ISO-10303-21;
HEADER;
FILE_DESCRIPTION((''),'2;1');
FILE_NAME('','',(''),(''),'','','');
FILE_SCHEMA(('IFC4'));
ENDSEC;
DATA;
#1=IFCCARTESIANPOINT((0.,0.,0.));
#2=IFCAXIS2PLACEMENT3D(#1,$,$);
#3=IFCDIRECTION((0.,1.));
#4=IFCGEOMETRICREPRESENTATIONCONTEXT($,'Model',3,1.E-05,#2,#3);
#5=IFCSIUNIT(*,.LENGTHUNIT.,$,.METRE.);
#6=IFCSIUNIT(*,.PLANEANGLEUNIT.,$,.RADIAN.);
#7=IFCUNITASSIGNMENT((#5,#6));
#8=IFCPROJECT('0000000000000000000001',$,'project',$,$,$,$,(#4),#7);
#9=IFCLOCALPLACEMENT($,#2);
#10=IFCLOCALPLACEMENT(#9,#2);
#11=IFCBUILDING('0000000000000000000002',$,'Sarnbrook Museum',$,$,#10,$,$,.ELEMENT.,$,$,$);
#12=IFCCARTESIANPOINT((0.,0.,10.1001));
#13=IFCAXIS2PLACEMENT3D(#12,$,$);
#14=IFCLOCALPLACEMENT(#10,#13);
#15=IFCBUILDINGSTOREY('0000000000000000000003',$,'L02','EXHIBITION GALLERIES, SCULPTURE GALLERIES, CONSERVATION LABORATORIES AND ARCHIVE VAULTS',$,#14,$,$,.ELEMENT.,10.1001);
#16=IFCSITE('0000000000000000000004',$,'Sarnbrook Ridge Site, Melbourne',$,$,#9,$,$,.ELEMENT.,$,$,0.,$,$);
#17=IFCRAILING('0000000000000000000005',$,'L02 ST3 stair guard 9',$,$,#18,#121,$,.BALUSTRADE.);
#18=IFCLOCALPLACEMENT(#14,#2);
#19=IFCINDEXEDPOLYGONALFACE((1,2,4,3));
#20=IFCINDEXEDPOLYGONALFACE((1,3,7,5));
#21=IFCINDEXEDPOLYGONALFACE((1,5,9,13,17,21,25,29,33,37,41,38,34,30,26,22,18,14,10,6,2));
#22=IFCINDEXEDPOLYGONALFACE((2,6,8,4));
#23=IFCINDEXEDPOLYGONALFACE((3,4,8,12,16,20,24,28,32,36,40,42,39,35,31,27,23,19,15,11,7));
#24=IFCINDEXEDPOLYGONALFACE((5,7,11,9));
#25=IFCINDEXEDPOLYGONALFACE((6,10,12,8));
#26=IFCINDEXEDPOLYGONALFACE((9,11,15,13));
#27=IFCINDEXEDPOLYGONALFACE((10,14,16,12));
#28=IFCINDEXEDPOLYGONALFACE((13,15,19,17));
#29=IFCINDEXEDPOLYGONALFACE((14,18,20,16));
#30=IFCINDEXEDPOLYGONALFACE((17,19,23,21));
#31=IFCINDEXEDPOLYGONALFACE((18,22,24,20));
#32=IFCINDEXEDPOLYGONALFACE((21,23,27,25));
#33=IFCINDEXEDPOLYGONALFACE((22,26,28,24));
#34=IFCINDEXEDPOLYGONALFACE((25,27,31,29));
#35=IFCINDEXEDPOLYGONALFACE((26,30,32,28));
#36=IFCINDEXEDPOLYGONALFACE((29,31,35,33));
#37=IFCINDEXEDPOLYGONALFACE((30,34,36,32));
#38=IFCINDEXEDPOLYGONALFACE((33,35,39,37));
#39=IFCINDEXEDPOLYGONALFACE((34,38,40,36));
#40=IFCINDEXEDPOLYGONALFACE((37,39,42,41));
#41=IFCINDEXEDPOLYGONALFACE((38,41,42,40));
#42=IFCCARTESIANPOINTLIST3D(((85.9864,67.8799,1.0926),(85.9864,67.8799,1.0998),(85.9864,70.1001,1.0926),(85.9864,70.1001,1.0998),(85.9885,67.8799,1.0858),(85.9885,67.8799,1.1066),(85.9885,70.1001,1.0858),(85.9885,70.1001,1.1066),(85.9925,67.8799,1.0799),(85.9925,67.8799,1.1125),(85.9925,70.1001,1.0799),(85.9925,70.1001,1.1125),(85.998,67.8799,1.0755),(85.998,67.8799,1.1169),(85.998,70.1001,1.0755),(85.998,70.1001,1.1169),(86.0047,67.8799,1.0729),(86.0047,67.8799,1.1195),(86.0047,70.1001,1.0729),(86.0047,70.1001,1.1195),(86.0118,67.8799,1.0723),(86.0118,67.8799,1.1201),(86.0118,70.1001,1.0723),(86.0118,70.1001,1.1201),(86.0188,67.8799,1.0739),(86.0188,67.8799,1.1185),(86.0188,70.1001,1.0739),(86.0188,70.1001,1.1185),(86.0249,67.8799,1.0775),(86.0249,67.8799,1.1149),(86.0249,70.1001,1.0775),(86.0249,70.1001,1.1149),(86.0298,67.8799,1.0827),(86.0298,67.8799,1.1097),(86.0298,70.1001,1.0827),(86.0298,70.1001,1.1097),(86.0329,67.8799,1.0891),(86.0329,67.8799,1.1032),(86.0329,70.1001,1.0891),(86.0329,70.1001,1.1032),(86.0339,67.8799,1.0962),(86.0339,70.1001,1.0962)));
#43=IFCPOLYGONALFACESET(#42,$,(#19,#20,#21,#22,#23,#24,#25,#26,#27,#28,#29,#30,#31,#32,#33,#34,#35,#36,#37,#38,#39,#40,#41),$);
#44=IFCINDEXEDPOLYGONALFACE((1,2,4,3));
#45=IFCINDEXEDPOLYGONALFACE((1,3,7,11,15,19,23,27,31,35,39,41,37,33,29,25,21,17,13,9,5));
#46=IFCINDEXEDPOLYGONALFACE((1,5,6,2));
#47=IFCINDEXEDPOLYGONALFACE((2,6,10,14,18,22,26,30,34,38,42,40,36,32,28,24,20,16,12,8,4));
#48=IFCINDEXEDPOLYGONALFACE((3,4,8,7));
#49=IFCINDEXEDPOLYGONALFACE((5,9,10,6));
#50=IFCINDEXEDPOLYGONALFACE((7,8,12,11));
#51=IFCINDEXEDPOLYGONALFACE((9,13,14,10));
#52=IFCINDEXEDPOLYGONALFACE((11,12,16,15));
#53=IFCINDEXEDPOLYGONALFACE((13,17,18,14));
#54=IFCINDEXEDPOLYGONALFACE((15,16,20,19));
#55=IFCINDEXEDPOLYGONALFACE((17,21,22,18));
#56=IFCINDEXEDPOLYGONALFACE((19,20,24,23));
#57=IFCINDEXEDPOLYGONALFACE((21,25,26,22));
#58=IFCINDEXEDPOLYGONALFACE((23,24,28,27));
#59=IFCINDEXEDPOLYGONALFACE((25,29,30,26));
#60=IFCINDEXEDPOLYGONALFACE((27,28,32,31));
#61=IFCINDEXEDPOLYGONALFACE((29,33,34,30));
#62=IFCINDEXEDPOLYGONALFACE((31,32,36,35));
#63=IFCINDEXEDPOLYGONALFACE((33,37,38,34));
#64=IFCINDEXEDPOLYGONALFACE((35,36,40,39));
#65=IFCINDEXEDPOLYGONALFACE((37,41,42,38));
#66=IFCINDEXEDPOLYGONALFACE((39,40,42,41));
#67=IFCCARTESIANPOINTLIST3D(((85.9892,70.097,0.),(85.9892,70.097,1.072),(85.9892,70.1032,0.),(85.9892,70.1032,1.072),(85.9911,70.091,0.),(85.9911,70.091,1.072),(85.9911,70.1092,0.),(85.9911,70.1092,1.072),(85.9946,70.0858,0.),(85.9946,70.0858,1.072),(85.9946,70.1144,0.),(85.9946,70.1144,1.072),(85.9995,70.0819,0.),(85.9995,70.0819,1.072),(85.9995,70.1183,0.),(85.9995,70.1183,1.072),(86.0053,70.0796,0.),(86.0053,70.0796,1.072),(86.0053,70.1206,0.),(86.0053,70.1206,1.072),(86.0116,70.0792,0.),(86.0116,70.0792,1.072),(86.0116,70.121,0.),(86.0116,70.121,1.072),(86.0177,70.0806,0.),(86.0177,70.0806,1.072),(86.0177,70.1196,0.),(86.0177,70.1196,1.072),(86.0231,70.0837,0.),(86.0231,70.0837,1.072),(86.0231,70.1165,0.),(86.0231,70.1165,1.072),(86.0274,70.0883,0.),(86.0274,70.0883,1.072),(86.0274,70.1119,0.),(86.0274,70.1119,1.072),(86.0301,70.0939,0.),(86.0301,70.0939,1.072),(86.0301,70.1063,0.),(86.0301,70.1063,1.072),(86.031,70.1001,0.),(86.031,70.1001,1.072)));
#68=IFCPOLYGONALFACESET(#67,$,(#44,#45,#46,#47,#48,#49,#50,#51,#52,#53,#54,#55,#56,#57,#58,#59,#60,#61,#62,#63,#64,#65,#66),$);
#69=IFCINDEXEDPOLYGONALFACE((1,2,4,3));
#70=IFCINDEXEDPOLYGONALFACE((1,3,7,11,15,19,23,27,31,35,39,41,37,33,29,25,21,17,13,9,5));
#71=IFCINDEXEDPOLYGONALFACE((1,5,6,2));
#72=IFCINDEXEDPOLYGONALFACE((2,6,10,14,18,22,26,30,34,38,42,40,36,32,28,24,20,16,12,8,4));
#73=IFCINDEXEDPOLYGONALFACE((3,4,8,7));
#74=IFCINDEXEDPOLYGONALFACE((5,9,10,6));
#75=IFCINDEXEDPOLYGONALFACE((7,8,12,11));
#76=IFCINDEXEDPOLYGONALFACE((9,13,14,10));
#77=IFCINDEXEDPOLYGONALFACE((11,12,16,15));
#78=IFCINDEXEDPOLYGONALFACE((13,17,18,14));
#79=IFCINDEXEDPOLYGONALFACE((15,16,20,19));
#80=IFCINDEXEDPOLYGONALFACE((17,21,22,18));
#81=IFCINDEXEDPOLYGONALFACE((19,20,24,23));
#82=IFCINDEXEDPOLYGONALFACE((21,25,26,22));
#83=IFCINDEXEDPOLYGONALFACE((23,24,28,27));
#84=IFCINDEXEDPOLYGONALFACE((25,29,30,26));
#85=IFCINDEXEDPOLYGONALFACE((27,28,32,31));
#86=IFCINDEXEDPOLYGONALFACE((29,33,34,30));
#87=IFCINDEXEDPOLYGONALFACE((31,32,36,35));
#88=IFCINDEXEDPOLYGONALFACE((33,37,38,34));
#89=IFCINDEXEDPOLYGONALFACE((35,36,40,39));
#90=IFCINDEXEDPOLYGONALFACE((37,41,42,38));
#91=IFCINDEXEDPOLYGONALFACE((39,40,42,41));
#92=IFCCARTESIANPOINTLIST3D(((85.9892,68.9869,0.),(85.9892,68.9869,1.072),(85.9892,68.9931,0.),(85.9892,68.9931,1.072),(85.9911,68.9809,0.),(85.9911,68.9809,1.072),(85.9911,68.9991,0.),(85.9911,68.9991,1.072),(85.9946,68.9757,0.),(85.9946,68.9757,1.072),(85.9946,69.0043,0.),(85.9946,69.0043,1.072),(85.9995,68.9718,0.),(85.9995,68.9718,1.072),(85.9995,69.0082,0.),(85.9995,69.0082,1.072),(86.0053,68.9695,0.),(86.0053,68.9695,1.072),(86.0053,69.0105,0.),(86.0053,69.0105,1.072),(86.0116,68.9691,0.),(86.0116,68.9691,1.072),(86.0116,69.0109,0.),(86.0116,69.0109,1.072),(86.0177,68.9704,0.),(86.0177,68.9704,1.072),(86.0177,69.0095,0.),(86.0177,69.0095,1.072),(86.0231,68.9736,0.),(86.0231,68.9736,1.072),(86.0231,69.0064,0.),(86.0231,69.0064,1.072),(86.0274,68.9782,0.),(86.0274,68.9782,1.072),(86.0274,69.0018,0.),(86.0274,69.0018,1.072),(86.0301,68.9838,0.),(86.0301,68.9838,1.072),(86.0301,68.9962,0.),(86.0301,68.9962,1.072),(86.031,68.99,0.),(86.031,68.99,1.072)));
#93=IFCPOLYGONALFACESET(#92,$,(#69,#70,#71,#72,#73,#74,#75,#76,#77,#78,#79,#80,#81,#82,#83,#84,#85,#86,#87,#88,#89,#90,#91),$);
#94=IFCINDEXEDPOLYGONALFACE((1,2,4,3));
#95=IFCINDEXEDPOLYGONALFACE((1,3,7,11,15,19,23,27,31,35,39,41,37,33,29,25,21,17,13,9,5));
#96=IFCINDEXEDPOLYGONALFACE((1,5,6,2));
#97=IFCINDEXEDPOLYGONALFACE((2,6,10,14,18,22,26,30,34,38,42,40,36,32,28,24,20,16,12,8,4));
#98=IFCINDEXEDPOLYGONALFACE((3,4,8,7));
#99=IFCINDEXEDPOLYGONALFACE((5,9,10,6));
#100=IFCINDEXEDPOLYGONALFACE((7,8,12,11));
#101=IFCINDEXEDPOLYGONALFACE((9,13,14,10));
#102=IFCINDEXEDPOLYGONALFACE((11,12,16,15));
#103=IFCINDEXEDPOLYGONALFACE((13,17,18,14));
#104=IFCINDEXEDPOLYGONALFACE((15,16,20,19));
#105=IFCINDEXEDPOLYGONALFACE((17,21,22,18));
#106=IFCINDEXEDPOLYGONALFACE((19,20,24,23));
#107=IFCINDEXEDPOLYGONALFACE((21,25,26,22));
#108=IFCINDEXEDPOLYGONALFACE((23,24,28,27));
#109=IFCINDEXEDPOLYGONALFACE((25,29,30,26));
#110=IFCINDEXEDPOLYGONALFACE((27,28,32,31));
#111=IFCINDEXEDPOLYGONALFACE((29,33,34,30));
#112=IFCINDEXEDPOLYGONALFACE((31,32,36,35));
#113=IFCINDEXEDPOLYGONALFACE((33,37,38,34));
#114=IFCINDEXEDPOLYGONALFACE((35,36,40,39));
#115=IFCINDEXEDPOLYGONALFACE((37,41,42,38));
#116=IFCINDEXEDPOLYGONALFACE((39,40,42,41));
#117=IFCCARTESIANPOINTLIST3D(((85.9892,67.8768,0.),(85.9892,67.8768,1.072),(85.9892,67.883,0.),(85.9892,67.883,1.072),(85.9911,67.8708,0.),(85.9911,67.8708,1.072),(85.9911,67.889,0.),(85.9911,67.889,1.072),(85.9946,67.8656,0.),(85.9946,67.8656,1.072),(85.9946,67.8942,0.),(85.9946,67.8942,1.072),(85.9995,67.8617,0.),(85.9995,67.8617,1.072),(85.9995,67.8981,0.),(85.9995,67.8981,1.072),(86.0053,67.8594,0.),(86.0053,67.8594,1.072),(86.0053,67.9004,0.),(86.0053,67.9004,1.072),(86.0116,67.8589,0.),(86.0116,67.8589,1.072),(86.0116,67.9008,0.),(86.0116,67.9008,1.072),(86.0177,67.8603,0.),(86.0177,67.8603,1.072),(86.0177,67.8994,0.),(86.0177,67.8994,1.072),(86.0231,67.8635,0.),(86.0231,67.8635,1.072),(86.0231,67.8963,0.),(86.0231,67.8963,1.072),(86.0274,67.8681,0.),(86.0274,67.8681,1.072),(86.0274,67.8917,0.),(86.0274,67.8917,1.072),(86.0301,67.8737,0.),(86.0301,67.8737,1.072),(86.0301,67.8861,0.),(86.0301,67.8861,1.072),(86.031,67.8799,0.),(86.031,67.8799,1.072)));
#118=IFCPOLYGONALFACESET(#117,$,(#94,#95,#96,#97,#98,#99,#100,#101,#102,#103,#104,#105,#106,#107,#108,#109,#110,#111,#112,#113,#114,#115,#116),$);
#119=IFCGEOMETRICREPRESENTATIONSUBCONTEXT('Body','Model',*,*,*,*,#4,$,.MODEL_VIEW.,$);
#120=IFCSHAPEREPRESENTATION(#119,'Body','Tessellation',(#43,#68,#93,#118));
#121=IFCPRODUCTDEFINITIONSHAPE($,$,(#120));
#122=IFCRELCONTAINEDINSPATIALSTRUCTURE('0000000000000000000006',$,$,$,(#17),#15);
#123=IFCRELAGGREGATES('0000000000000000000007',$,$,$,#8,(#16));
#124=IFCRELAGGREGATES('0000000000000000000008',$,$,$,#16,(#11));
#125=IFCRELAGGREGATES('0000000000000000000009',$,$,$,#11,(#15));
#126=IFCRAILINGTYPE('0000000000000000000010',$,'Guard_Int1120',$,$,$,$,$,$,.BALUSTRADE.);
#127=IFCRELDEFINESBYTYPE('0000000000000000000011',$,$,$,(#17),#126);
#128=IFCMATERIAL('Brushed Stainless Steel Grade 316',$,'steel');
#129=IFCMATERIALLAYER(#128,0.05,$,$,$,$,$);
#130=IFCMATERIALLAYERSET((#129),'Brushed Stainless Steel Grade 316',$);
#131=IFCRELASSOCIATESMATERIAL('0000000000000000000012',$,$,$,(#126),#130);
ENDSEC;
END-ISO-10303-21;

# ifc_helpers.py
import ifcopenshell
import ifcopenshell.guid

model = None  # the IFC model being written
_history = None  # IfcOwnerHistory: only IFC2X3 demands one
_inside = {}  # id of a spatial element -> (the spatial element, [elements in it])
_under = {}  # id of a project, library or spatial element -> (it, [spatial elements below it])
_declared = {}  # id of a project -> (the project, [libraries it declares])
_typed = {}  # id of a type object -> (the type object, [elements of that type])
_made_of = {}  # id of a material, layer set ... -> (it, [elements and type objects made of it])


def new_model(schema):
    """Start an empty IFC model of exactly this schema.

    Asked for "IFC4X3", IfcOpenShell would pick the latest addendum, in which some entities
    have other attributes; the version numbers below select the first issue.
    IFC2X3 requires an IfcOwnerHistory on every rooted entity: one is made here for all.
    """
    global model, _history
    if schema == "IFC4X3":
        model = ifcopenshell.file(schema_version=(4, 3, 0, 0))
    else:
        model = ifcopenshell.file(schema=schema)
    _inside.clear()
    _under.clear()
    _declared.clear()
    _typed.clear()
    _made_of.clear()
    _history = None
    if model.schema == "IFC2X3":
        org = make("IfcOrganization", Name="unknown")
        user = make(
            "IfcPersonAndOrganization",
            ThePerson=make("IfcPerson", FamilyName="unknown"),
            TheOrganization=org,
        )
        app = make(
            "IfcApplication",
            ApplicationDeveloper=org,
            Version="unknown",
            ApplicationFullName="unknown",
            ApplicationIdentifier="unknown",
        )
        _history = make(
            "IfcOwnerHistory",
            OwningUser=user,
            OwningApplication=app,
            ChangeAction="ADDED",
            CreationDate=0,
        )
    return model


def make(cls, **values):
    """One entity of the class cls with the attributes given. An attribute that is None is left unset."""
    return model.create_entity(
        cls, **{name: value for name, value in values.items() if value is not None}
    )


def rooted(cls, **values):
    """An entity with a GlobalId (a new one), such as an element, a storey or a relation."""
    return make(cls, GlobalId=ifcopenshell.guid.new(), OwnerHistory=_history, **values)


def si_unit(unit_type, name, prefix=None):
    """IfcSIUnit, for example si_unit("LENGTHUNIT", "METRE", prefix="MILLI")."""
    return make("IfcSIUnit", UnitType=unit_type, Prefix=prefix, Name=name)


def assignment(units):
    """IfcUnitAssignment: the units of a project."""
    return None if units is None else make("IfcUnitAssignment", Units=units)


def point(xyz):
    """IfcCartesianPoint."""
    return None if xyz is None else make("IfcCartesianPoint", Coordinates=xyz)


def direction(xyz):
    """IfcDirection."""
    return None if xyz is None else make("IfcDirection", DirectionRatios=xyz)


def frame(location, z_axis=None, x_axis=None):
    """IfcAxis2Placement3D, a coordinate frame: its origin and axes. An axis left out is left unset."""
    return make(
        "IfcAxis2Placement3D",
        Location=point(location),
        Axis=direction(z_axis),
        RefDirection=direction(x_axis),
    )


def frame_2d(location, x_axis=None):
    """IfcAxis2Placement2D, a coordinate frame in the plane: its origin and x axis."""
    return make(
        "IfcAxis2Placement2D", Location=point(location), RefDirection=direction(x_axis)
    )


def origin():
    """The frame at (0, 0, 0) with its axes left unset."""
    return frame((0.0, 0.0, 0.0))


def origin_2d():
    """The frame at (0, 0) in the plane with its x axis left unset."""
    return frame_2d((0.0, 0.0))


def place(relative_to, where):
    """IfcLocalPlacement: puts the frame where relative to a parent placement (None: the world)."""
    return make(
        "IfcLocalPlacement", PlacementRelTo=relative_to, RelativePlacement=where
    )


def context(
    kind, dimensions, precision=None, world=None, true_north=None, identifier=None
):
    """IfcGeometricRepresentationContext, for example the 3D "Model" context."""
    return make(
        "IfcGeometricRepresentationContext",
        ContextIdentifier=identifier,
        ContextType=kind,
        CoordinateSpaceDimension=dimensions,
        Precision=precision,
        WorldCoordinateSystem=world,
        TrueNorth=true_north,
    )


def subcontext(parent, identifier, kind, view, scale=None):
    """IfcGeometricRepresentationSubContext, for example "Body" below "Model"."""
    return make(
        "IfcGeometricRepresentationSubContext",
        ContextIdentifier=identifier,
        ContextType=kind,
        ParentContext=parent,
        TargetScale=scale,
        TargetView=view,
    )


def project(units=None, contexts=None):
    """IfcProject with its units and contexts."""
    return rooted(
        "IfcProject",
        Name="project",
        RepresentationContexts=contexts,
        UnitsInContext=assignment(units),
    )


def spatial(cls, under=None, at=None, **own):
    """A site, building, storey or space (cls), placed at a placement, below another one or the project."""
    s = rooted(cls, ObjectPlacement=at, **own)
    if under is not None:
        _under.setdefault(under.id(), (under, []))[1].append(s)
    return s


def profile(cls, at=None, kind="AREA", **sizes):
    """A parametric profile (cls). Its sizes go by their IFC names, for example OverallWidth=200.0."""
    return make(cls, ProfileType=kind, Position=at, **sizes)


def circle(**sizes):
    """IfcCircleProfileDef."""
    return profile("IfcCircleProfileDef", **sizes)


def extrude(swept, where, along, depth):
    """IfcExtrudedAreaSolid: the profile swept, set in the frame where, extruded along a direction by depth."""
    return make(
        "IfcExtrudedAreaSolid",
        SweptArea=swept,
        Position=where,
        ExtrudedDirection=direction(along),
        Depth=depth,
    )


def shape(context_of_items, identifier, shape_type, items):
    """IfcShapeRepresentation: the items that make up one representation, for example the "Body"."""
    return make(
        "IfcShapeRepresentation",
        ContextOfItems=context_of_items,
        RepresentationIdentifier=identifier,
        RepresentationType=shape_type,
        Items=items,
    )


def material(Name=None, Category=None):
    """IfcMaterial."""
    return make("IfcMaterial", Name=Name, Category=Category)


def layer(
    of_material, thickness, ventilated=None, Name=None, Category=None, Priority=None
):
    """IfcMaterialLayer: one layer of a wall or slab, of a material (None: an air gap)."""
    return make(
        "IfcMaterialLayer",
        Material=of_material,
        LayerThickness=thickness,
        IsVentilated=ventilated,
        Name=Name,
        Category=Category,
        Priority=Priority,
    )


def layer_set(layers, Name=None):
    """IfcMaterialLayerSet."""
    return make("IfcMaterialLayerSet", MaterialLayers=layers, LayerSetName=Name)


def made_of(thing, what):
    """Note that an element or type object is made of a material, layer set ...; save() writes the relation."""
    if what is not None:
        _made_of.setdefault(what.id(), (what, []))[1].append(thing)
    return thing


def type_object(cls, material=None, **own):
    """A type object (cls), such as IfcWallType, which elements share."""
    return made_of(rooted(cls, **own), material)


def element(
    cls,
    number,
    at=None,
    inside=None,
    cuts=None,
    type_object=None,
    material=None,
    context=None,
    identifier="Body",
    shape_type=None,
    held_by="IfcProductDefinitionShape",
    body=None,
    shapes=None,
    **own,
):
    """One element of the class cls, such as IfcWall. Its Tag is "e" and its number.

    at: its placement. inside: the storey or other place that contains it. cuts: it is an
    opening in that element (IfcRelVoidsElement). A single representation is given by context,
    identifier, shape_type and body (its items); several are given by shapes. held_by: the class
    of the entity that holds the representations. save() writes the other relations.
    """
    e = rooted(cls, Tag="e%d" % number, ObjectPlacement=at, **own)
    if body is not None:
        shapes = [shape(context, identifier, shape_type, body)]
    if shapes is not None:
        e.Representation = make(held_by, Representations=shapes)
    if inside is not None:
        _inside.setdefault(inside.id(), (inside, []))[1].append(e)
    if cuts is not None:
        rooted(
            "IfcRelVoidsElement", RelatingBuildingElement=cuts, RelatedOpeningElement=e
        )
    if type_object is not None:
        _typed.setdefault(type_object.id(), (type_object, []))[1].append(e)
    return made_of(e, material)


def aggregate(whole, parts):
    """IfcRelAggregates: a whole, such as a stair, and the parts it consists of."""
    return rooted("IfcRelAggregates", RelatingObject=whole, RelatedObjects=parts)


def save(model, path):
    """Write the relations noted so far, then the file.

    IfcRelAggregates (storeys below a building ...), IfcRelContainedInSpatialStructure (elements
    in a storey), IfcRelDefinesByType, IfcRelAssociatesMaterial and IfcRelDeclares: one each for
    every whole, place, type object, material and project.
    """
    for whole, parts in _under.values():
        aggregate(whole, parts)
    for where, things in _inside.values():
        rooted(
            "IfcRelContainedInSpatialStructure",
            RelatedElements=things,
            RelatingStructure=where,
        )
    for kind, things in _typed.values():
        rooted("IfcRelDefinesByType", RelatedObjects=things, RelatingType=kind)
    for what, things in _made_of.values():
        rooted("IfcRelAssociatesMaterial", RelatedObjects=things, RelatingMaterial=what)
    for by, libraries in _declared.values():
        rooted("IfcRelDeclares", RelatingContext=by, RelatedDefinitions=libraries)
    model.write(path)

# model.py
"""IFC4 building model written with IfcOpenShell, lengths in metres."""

from ifc_helpers import new_model, si_unit, direction, frame, origin, origin_2d, place, context, subcontext, project, spatial, circle, extrude, material, layer, layer_set, type_object, element, save


model = new_model("IFC4")

# Units and contexts
model_context = context("Model", 3, precision=1e-05, world=origin(), true_north=direction((0.0, 1.0)))
body_context = subcontext(model_context, "Body", "Model", "MODEL_VIEW")
ifc_project = project(units=[si_unit("LENGTHUNIT", "METRE"), si_unit("PLANEANGLEUNIT", "RADIAN")], contexts=[model_context])

# Site, building, storey
site_placement = place(None, origin())
site = spatial("IfcSite", under=ifc_project, at=site_placement, Name="Sarnbrook Ridge Site, Melbourne", CompositionType="ELEMENT", RefElevation=0.0)
building_placement = place(site_placement, origin())
building = spatial("IfcBuilding", under=site, at=building_placement, Name="Sarnbrook Museum", CompositionType="ELEMENT")
storey_placement = place(building_placement, frame((0.0, 0.0, 10.1001)))
storey = spatial("IfcBuildingStorey", under=building, at=storey_placement, Name="L02", Description="EXHIBITION GALLERIES, SCULPTURE GALLERIES, CONSERVATION LABORATORIES AND ARCHIVE VAULTS", CompositionType="ELEMENT", Elevation=10.1001)

# Shared definitions
ifc_material_1 = material(Name="Brushed Stainless Steel Grade 316", Category="steel")

# Railing
ifc_layer_1 = layer(ifc_material_1, 0.05)
ifc_layer_set_1 = layer_set([ifc_layer_1], Name="Brushed Stainless Steel Grade 316")
railing_type = type_object("IfcRailingType", Name="Guard_Int1120", PredefinedType="BALUSTRADE", material=ifc_layer_set_1)
for number, where, name in (
    (1, (86.01, 70.1001, 0.0), "L02 ST3 stair guard 9"),
):
    element("IfcRailing", number, at=place(storey_placement, frame(where)), inside=storey, type_object=railing_type, Name=name, PredefinedType="BALUSTRADE", context=body_context, shape_type="SweptSolid", body=[
        extrude(circle(Radius=0.0239, at=origin_2d()), frame((0.0, 0.0, 1.0962), z_axis=(0.0, -1.0, 0.0), x_axis=(1.0, 0.0, 0.0)), (0.0, 0.0, 1.0), 2.2202),
        extrude(circle(Radius=0.021, at=origin_2d()), origin(), (0.0, 0.0, 1.0), 1.072),
        extrude(circle(Radius=0.021, at=origin_2d()), frame((0.0, -1.1101, 0.0)), (0.0, 0.0, 1.0), 1.072),
        extrude(circle(Radius=0.021, at=origin_2d()), frame((0.0, -2.2202, 0.0)), (0.0, 0.0, 1.0), 1.072),
    ])

save(model, "model.ifc")
